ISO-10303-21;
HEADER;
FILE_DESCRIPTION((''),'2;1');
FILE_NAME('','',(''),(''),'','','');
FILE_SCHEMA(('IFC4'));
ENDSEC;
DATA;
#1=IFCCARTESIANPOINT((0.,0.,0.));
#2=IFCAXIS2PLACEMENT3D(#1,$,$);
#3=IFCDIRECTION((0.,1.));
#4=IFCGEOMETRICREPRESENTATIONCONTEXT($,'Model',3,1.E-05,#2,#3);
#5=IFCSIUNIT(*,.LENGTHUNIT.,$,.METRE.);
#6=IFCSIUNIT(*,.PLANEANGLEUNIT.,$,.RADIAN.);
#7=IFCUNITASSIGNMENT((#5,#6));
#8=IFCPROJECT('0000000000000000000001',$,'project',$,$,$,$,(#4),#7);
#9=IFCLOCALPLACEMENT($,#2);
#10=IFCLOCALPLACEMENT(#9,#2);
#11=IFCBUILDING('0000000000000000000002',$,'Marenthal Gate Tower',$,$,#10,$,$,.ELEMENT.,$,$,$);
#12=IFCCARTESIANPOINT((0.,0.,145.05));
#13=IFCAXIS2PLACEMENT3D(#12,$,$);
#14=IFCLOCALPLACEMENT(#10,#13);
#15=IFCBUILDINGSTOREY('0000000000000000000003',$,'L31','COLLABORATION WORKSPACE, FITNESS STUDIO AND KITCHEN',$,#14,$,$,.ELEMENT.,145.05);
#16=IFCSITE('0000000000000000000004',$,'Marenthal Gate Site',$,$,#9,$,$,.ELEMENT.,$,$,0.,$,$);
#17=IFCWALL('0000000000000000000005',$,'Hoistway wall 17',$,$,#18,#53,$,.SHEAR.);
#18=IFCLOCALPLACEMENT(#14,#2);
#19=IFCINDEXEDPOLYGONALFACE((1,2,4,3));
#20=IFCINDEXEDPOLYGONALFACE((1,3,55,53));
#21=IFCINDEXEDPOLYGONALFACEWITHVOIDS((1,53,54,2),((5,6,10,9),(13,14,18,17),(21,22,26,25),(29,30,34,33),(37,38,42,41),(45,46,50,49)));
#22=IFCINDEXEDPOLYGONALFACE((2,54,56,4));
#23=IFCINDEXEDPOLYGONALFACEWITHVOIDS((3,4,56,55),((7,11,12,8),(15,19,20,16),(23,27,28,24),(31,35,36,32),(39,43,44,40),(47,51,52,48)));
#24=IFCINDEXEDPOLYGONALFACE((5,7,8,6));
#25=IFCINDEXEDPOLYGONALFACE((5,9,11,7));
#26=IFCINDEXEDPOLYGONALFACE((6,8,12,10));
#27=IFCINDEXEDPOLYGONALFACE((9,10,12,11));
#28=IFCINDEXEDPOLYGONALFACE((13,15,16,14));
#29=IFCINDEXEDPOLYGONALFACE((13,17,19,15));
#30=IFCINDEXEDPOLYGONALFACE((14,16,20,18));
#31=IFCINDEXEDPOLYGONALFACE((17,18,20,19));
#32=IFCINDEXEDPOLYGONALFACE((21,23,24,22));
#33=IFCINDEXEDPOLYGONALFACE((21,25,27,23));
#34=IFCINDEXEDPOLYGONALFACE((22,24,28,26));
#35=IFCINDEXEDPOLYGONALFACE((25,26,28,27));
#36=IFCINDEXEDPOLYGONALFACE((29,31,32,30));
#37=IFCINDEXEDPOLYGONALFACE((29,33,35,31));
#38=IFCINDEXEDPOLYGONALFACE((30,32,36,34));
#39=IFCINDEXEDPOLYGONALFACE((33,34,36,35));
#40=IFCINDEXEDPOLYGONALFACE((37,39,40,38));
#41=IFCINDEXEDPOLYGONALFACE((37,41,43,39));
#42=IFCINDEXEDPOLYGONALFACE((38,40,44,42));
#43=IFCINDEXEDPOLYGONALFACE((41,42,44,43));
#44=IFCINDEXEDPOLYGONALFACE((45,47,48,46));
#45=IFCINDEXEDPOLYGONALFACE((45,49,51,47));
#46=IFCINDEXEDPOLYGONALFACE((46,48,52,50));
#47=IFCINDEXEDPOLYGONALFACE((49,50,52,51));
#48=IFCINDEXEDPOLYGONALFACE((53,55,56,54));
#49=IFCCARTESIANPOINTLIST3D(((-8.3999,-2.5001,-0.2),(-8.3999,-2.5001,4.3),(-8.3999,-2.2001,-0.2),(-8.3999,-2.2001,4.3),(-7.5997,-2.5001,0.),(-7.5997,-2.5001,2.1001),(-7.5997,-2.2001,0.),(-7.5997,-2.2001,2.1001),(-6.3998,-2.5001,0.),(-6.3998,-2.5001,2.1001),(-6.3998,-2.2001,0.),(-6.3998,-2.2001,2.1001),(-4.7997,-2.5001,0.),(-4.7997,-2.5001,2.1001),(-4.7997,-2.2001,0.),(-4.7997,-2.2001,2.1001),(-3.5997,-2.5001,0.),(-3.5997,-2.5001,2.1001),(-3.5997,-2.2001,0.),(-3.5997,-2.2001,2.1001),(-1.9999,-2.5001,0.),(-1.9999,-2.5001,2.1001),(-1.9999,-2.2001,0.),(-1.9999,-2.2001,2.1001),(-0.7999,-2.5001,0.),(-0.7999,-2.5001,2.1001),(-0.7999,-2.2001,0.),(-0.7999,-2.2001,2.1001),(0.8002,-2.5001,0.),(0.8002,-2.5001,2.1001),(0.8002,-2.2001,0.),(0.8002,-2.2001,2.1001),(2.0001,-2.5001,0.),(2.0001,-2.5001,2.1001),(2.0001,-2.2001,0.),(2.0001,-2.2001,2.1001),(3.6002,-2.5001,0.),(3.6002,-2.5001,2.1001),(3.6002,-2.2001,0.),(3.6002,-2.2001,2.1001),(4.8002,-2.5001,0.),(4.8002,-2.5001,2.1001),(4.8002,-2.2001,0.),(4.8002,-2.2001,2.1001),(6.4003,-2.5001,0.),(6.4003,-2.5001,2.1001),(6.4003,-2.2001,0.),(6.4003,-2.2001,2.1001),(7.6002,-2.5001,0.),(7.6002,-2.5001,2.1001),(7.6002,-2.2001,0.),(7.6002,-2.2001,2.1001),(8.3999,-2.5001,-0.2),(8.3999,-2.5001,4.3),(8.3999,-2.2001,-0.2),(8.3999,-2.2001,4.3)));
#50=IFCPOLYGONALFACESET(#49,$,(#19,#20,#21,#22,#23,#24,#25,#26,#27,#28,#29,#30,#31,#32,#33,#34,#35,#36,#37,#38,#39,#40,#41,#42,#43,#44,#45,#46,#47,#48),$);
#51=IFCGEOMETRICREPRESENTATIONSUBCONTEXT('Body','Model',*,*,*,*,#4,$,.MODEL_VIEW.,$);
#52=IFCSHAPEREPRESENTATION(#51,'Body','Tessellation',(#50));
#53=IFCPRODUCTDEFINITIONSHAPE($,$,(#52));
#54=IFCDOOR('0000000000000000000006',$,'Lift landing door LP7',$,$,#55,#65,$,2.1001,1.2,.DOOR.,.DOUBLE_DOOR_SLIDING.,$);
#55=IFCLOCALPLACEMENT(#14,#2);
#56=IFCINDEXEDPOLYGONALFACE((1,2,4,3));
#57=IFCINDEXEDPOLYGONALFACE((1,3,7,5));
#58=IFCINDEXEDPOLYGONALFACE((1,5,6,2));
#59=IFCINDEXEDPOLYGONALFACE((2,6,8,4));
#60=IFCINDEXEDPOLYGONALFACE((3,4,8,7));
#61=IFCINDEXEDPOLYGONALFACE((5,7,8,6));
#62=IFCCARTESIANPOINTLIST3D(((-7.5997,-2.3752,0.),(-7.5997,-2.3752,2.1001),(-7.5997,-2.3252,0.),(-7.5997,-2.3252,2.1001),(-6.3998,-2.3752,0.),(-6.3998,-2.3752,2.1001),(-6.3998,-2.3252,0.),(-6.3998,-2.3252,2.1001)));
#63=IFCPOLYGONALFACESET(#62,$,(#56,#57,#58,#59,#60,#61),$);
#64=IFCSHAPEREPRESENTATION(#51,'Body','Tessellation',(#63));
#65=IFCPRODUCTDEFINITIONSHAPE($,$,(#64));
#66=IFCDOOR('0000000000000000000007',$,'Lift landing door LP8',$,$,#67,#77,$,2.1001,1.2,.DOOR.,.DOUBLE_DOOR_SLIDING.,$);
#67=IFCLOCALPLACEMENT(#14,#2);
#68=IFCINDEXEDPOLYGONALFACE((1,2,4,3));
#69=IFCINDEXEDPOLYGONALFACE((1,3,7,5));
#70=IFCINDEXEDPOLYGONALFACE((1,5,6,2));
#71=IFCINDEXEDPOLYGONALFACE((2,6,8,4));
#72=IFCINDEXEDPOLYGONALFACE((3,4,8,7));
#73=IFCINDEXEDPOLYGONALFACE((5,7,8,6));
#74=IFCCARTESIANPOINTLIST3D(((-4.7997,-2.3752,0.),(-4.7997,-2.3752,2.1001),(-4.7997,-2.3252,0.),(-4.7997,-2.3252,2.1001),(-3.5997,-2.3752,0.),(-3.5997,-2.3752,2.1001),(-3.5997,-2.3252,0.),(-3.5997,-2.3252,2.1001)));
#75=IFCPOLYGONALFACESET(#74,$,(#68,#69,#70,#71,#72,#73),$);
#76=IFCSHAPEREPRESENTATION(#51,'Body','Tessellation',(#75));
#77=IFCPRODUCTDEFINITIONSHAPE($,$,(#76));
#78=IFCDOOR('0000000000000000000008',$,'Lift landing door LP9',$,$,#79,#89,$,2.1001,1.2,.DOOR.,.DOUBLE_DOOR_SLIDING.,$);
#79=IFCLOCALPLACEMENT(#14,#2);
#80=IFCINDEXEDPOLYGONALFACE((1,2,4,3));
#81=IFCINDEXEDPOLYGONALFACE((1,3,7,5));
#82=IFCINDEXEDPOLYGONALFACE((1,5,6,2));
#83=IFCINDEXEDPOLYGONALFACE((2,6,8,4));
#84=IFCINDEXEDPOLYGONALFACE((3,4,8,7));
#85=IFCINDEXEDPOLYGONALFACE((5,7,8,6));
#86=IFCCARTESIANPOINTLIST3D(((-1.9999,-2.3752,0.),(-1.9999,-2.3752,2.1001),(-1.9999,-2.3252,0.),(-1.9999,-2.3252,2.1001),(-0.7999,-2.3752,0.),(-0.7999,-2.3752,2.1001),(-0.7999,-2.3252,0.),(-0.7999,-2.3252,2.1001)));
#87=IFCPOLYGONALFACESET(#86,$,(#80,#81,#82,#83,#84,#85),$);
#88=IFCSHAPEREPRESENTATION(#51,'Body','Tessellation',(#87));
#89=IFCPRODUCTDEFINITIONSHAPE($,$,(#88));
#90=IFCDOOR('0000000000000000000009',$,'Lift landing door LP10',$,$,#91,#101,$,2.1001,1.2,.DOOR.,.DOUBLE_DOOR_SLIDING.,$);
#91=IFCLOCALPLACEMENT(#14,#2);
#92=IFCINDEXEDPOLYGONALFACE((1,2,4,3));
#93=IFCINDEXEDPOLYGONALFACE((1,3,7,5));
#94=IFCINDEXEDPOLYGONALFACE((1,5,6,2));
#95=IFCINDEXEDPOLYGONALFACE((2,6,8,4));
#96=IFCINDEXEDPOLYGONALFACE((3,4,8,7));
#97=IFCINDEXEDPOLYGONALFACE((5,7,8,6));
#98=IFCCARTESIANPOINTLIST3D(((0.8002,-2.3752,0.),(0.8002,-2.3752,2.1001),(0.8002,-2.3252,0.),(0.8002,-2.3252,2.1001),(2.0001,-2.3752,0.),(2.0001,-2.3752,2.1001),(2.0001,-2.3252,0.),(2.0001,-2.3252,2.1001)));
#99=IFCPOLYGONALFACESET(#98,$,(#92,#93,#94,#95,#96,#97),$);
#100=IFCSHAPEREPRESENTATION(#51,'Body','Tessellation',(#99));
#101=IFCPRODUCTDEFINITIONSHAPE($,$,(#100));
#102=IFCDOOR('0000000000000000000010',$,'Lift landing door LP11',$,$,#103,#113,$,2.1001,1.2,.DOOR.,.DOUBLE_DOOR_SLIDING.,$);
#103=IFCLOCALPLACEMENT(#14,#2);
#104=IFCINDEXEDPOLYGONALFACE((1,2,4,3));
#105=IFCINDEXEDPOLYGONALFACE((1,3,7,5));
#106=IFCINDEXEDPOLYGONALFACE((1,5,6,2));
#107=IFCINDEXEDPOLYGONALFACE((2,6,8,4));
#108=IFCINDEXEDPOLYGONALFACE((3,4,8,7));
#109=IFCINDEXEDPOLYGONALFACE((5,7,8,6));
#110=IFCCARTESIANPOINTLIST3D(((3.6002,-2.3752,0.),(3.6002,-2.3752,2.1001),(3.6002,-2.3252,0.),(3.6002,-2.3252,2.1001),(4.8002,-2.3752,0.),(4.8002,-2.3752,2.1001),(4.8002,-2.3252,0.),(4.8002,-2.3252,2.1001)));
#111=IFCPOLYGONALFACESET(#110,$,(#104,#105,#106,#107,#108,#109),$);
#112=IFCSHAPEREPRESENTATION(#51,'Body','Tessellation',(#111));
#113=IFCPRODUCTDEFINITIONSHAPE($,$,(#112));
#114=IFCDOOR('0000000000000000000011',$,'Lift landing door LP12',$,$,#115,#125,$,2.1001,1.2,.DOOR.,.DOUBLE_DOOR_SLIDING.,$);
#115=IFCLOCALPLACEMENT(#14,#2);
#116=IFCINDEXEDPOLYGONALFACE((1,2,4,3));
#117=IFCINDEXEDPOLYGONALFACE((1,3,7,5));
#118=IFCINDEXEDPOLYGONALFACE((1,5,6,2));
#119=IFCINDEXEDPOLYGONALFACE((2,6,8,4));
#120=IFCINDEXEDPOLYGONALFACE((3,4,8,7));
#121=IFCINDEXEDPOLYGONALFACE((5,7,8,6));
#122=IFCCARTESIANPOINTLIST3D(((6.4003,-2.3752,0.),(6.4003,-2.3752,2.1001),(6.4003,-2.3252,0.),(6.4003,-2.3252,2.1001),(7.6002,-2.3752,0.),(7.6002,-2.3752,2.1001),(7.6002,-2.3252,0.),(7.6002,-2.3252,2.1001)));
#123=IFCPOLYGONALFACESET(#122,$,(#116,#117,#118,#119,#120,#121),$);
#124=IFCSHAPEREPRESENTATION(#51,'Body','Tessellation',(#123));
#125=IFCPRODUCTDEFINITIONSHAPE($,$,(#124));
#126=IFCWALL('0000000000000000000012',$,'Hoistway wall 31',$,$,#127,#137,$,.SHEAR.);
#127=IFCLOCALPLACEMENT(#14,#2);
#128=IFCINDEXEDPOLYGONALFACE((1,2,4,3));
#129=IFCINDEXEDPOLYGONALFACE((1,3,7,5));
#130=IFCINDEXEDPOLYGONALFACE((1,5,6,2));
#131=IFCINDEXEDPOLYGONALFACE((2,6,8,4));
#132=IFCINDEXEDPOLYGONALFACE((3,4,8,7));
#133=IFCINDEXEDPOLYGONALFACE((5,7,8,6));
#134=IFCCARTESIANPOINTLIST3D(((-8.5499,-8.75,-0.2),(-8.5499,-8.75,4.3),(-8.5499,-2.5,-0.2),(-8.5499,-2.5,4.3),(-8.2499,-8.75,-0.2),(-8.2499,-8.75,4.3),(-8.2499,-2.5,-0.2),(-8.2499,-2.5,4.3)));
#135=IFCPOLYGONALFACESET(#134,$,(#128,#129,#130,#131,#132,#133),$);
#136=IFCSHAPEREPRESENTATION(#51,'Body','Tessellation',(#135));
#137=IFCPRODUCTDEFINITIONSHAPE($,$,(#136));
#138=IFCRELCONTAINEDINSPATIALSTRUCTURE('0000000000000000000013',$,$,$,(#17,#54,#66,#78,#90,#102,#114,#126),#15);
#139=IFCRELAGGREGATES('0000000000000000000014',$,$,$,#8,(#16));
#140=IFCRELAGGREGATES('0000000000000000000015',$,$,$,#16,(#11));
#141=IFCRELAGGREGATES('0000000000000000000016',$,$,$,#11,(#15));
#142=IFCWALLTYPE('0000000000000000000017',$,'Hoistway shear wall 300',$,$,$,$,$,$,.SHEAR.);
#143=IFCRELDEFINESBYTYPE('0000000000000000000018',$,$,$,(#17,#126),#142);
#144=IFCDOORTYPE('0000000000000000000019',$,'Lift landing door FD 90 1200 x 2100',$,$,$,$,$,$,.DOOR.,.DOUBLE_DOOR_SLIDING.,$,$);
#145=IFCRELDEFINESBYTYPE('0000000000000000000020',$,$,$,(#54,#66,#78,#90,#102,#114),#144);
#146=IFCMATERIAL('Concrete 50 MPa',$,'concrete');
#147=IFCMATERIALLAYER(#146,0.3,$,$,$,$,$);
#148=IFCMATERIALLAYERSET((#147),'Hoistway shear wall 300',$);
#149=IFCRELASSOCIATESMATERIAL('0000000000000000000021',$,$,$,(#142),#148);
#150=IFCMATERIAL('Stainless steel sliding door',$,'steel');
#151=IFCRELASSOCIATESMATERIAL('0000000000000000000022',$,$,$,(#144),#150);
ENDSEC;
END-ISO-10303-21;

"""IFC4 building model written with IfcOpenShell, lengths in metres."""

from ifc_helpers import new_model, si_unit, direction, frame, frame_2d, origin, place, context, subcontext, project, spatial, rectangle, extrude, material, layer, layer_set, type_object, element, fill, save


model = new_model("IFC4")

# Units and contexts
model_context = context("Model", 3, precision=1e-05, world=origin(), true_north=direction((0.0, 1.0)))
body_context = subcontext(model_context, "Body", "Model", "MODEL_VIEW")
ifc_project = project(units=[si_unit("LENGTHUNIT", "METRE"), si_unit("PLANEANGLEUNIT", "RADIAN")], contexts=[model_context])

# Site, building, storey
site_placement = place(None, origin())
site = spatial("IfcSite", under=ifc_project, at=site_placement, Name="Marenthal Gate Site", CompositionType="ELEMENT", RefElevation=0.0)
building_placement = place(site_placement, origin())
building = spatial("IfcBuilding", under=site, at=building_placement, Name="Marenthal Gate Tower", CompositionType="ELEMENT")
storey_placement = place(building_placement, frame((0.0, 0.0, 145.05)))
storey = spatial("IfcBuildingStorey", under=building, at=storey_placement, Name="L31", Description="COLLABORATION WORKSPACE, FITNESS STUDIO AND KITCHEN", CompositionType="ELEMENT", Elevation=145.05)

# Wall, openings, doors
ifc_material_1 = material(Name="Concrete 50 MPa", Category="concrete")
ifc_layer_1 = layer(ifc_material_1, 0.3)
ifc_layer_set_1 = layer_set([ifc_layer_1], Name="Hoistway shear wall 300")
wall_type_1 = type_object("IfcWallType", Name="Hoistway shear wall 300", PredefinedType="SHEAR", material=ifc_layer_set_1)
wall_1_placement = place(storey_placement, frame((-8.3999, -2.3501, -0.2), z_axis=(0.0, 0.0, 1.0), x_axis=(1.0, 0.0, 0.0)))
wall_1 = element("IfcWall", 1, at=wall_1_placement, inside=storey, type_object=wall_type_1, Name="Hoistway wall 17", PredefinedType="SHEAR", context=body_context, shape_type="SweptSolid", body=[
    extrude(rectangle(XDim=16.7998, YDim=0.3, at=frame_2d((8.3999, 0.0))), origin(), (0.0, 0.0, 1.0), 4.5),
])
opening_1_placement = place(wall_1_placement, frame((0.8, 0.0, 0.2)))
opening_1 = element("IfcOpeningElement", 2, at=opening_1_placement, cuts=wall_1, PredefinedType="OPENING", context=body_context, shape_type="SweptSolid", body=[
    extrude(rectangle(XDim=1.2, YDim=2.1001, at=frame_2d((0.6001, 1.05))), frame((0.0, 0.1602, 0.0), z_axis=(0.0, -1.0, 0.0), x_axis=(1.0, 0.0, 0.0)), (0.0, 0.0, 1.0), 0.3201),
])
opening_2_placement = place(wall_1_placement, frame((3.6001, 0.0, 0.2)))
opening_2 = element("IfcOpeningElement", 3, at=opening_2_placement, cuts=wall_1, PredefinedType="OPENING", context=body_context, shape_type="SweptSolid", body=[
    extrude(rectangle(XDim=1.2, YDim=2.1001, at=frame_2d((0.6001, 1.05))), frame((0.0, 0.1602, 0.0), z_axis=(0.0, -1.0, 0.0), x_axis=(1.0, 0.0, 0.0)), (0.0, 0.0, 1.0), 0.3201),
])
opening_3_placement = place(wall_1_placement, frame((6.3999, 0.0, 0.2)))
opening_3 = element("IfcOpeningElement", 4, at=opening_3_placement, cuts=wall_1, PredefinedType="OPENING", context=body_context, shape_type="SweptSolid", body=[
    extrude(rectangle(XDim=1.2, YDim=2.1001, at=frame_2d((0.6001, 1.05))), frame((0.0, 0.1602, 0.0), z_axis=(0.0, -1.0, 0.0), x_axis=(1.0, 0.0, 0.0)), (0.0, 0.0, 1.0), 0.3201),
])
opening_4_placement = place(wall_1_placement, frame((9.2, 0.0, 0.2)))
opening_4 = element("IfcOpeningElement", 5, at=opening_4_placement, cuts=wall_1, PredefinedType="OPENING", context=body_context, shape_type="SweptSolid", body=[
    extrude(rectangle(XDim=1.2, YDim=2.1001, at=frame_2d((0.6001, 1.05))), frame((0.0, 0.1602, 0.0), z_axis=(0.0, -1.0, 0.0), x_axis=(1.0, 0.0, 0.0)), (0.0, 0.0, 1.0), 0.3201),
])
opening_5_placement = place(wall_1_placement, frame((12.0, 0.0, 0.2)))
opening_5 = element("IfcOpeningElement", 6, at=opening_5_placement, cuts=wall_1, PredefinedType="OPENING", context=body_context, shape_type="SweptSolid", body=[
    extrude(rectangle(XDim=1.2, YDim=2.1001, at=frame_2d((0.6001, 1.05))), frame((0.0, 0.1602, 0.0), z_axis=(0.0, -1.0, 0.0), x_axis=(1.0, 0.0, 0.0)), (0.0, 0.0, 1.0), 0.3201),
])
opening_6_placement = place(wall_1_placement, frame((14.8, 0.0, 0.2)))
opening_6 = element("IfcOpeningElement", 7, at=opening_6_placement, cuts=wall_1, PredefinedType="OPENING", context=body_context, shape_type="SweptSolid", body=[
    extrude(rectangle(XDim=1.2, YDim=2.1001, at=frame_2d((0.6001, 1.05))), frame((0.0, 0.1602, 0.0), z_axis=(0.0, -1.0, 0.0), x_axis=(1.0, 0.0, 0.0)), (0.0, 0.0, 1.0), 0.3201),
])
ifc_material_2 = material(Name="Stainless steel sliding door", Category="steel")
door_type_1 = type_object("IfcDoorType", Name="Lift landing door FD 90 1200 x 2100", OperationType="DOUBLE_DOOR_SLIDING", PredefinedType="DOOR", material=ifc_material_2)
door_1_placement = place(opening_1_placement, origin())
door_1 = element("IfcDoor", 8, at=door_1_placement, inside=storey, type_object=door_type_1, Name="Lift landing door LP7", OperationType="DOUBLE_DOOR_SLIDING", OverallHeight=2.1001, OverallWidth=1.2, PredefinedType="DOOR", context=body_context, shape_type="SweptSolid", body=[
    extrude(rectangle(XDim=1.2, YDim=2.1001, at=frame_2d((0.6001, 1.05))), frame((0.0, 0.0249, 0.0), z_axis=(0.0, -1.0, 0.0), x_axis=(1.0, 0.0, 0.0)), (0.0, 0.0, 1.0), 0.05),
])
fill(opening_1, door_1)
door_2_placement = place(opening_2_placement, origin())
door_2 = element("IfcDoor", 9, at=door_2_placement, inside=storey, type_object=door_type_1, Name="Lift landing door LP8", OperationType="DOUBLE_DOOR_SLIDING", OverallHeight=2.1001, OverallWidth=1.2, PredefinedType="DOOR", context=body_context, shape_type="SweptSolid", body=[
    extrude(rectangle(XDim=1.2, YDim=2.1001, at=frame_2d((0.6001, 1.05))), frame((0.0, 0.0249, 0.0), z_axis=(0.0, -1.0, 0.0), x_axis=(1.0, 0.0, 0.0)), (0.0, 0.0, 1.0), 0.05),
])
fill(opening_2, door_2)
door_3_placement = place(opening_3_placement, origin())
door_3 = element("IfcDoor", 10, at=door_3_placement, inside=storey, type_object=door_type_1, Name="Lift landing door LP9", OperationType="DOUBLE_DOOR_SLIDING", OverallHeight=2.1001, OverallWidth=1.2, PredefinedType="DOOR", context=body_context, shape_type="SweptSolid", body=[
    extrude(rectangle(XDim=1.2, YDim=2.1001, at=frame_2d((0.6001, 1.05))), frame((0.0, 0.0249, 0.0), z_axis=(0.0, -1.0, 0.0), x_axis=(1.0, 0.0, 0.0)), (0.0, 0.0, 1.0), 0.05),
])
fill(opening_3, door_3)
door_4_placement = place(opening_4_placement, origin())
door_4 = element("IfcDoor", 11, at=door_4_placement, inside=storey, type_object=door_type_1, Name="Lift landing door LP10", OperationType="DOUBLE_DOOR_SLIDING", OverallHeight=2.1001, OverallWidth=1.2, PredefinedType="DOOR", context=body_context, shape_type="SweptSolid", body=[
    extrude(rectangle(XDim=1.2, YDim=2.1001, at=frame_2d((0.6001, 1.05))), frame((0.0, 0.0249, 0.0), z_axis=(0.0, -1.0, 0.0), x_axis=(1.0, 0.0, 0.0)), (0.0, 0.0, 1.0), 0.05),
])
fill(opening_4, door_4)
door_5_placement = place(opening_5_placement, origin())
door_5 = element("IfcDoor", 12, at=door_5_placement, inside=storey, type_object=door_type_1, Name="Lift landing door LP11", OperationType="DOUBLE_DOOR_SLIDING", OverallHeight=2.1001, OverallWidth=1.2, PredefinedType="DOOR", context=body_context, shape_type="SweptSolid", body=[
    extrude(rectangle(XDim=1.2, YDim=2.1001, at=frame_2d((0.6001, 1.05))), frame((0.0, 0.0249, 0.0), z_axis=(0.0, -1.0, 0.0), x_axis=(1.0, 0.0, 0.0)), (0.0, 0.0, 1.0), 0.05),
])
fill(opening_5, door_5)
door_6_placement = place(opening_6_placement, origin())
door_6 = element("IfcDoor", 13, at=door_6_placement, inside=storey, type_object=door_type_1, Name="Lift landing door LP12", OperationType="DOUBLE_DOOR_SLIDING", OverallHeight=2.1001, OverallWidth=1.2, PredefinedType="DOOR", context=body_context, shape_type="SweptSolid", body=[
    extrude(rectangle(XDim=1.2, YDim=2.1001, at=frame_2d((0.6001, 1.05))), frame((0.0, 0.0249, 0.0), z_axis=(0.0, -1.0, 0.0), x_axis=(1.0, 0.0, 0.0)), (0.0, 0.0, 1.0), 0.05),
])
fill(opening_6, door_6)

# Wall
wall_2_placement = place(storey_placement, frame((-8.3999, -8.75, -0.2), z_axis=(0.0, 0.0, 1.0), x_axis=(0.0, 1.0, 0.0)))
element("IfcWall", 14, at=wall_2_placement, inside=storey, type_object=wall_type_1, Name="Hoistway wall 31", PredefinedType="SHEAR", context=body_context, shape_type="SweptSolid", body=[
    extrude(rectangle(XDim=6.25, YDim=0.3, at=frame_2d((3.125, 0.0))), origin(), (0.0, 0.0, 1.0), 4.5),
])

save(model, "model.ifc")
